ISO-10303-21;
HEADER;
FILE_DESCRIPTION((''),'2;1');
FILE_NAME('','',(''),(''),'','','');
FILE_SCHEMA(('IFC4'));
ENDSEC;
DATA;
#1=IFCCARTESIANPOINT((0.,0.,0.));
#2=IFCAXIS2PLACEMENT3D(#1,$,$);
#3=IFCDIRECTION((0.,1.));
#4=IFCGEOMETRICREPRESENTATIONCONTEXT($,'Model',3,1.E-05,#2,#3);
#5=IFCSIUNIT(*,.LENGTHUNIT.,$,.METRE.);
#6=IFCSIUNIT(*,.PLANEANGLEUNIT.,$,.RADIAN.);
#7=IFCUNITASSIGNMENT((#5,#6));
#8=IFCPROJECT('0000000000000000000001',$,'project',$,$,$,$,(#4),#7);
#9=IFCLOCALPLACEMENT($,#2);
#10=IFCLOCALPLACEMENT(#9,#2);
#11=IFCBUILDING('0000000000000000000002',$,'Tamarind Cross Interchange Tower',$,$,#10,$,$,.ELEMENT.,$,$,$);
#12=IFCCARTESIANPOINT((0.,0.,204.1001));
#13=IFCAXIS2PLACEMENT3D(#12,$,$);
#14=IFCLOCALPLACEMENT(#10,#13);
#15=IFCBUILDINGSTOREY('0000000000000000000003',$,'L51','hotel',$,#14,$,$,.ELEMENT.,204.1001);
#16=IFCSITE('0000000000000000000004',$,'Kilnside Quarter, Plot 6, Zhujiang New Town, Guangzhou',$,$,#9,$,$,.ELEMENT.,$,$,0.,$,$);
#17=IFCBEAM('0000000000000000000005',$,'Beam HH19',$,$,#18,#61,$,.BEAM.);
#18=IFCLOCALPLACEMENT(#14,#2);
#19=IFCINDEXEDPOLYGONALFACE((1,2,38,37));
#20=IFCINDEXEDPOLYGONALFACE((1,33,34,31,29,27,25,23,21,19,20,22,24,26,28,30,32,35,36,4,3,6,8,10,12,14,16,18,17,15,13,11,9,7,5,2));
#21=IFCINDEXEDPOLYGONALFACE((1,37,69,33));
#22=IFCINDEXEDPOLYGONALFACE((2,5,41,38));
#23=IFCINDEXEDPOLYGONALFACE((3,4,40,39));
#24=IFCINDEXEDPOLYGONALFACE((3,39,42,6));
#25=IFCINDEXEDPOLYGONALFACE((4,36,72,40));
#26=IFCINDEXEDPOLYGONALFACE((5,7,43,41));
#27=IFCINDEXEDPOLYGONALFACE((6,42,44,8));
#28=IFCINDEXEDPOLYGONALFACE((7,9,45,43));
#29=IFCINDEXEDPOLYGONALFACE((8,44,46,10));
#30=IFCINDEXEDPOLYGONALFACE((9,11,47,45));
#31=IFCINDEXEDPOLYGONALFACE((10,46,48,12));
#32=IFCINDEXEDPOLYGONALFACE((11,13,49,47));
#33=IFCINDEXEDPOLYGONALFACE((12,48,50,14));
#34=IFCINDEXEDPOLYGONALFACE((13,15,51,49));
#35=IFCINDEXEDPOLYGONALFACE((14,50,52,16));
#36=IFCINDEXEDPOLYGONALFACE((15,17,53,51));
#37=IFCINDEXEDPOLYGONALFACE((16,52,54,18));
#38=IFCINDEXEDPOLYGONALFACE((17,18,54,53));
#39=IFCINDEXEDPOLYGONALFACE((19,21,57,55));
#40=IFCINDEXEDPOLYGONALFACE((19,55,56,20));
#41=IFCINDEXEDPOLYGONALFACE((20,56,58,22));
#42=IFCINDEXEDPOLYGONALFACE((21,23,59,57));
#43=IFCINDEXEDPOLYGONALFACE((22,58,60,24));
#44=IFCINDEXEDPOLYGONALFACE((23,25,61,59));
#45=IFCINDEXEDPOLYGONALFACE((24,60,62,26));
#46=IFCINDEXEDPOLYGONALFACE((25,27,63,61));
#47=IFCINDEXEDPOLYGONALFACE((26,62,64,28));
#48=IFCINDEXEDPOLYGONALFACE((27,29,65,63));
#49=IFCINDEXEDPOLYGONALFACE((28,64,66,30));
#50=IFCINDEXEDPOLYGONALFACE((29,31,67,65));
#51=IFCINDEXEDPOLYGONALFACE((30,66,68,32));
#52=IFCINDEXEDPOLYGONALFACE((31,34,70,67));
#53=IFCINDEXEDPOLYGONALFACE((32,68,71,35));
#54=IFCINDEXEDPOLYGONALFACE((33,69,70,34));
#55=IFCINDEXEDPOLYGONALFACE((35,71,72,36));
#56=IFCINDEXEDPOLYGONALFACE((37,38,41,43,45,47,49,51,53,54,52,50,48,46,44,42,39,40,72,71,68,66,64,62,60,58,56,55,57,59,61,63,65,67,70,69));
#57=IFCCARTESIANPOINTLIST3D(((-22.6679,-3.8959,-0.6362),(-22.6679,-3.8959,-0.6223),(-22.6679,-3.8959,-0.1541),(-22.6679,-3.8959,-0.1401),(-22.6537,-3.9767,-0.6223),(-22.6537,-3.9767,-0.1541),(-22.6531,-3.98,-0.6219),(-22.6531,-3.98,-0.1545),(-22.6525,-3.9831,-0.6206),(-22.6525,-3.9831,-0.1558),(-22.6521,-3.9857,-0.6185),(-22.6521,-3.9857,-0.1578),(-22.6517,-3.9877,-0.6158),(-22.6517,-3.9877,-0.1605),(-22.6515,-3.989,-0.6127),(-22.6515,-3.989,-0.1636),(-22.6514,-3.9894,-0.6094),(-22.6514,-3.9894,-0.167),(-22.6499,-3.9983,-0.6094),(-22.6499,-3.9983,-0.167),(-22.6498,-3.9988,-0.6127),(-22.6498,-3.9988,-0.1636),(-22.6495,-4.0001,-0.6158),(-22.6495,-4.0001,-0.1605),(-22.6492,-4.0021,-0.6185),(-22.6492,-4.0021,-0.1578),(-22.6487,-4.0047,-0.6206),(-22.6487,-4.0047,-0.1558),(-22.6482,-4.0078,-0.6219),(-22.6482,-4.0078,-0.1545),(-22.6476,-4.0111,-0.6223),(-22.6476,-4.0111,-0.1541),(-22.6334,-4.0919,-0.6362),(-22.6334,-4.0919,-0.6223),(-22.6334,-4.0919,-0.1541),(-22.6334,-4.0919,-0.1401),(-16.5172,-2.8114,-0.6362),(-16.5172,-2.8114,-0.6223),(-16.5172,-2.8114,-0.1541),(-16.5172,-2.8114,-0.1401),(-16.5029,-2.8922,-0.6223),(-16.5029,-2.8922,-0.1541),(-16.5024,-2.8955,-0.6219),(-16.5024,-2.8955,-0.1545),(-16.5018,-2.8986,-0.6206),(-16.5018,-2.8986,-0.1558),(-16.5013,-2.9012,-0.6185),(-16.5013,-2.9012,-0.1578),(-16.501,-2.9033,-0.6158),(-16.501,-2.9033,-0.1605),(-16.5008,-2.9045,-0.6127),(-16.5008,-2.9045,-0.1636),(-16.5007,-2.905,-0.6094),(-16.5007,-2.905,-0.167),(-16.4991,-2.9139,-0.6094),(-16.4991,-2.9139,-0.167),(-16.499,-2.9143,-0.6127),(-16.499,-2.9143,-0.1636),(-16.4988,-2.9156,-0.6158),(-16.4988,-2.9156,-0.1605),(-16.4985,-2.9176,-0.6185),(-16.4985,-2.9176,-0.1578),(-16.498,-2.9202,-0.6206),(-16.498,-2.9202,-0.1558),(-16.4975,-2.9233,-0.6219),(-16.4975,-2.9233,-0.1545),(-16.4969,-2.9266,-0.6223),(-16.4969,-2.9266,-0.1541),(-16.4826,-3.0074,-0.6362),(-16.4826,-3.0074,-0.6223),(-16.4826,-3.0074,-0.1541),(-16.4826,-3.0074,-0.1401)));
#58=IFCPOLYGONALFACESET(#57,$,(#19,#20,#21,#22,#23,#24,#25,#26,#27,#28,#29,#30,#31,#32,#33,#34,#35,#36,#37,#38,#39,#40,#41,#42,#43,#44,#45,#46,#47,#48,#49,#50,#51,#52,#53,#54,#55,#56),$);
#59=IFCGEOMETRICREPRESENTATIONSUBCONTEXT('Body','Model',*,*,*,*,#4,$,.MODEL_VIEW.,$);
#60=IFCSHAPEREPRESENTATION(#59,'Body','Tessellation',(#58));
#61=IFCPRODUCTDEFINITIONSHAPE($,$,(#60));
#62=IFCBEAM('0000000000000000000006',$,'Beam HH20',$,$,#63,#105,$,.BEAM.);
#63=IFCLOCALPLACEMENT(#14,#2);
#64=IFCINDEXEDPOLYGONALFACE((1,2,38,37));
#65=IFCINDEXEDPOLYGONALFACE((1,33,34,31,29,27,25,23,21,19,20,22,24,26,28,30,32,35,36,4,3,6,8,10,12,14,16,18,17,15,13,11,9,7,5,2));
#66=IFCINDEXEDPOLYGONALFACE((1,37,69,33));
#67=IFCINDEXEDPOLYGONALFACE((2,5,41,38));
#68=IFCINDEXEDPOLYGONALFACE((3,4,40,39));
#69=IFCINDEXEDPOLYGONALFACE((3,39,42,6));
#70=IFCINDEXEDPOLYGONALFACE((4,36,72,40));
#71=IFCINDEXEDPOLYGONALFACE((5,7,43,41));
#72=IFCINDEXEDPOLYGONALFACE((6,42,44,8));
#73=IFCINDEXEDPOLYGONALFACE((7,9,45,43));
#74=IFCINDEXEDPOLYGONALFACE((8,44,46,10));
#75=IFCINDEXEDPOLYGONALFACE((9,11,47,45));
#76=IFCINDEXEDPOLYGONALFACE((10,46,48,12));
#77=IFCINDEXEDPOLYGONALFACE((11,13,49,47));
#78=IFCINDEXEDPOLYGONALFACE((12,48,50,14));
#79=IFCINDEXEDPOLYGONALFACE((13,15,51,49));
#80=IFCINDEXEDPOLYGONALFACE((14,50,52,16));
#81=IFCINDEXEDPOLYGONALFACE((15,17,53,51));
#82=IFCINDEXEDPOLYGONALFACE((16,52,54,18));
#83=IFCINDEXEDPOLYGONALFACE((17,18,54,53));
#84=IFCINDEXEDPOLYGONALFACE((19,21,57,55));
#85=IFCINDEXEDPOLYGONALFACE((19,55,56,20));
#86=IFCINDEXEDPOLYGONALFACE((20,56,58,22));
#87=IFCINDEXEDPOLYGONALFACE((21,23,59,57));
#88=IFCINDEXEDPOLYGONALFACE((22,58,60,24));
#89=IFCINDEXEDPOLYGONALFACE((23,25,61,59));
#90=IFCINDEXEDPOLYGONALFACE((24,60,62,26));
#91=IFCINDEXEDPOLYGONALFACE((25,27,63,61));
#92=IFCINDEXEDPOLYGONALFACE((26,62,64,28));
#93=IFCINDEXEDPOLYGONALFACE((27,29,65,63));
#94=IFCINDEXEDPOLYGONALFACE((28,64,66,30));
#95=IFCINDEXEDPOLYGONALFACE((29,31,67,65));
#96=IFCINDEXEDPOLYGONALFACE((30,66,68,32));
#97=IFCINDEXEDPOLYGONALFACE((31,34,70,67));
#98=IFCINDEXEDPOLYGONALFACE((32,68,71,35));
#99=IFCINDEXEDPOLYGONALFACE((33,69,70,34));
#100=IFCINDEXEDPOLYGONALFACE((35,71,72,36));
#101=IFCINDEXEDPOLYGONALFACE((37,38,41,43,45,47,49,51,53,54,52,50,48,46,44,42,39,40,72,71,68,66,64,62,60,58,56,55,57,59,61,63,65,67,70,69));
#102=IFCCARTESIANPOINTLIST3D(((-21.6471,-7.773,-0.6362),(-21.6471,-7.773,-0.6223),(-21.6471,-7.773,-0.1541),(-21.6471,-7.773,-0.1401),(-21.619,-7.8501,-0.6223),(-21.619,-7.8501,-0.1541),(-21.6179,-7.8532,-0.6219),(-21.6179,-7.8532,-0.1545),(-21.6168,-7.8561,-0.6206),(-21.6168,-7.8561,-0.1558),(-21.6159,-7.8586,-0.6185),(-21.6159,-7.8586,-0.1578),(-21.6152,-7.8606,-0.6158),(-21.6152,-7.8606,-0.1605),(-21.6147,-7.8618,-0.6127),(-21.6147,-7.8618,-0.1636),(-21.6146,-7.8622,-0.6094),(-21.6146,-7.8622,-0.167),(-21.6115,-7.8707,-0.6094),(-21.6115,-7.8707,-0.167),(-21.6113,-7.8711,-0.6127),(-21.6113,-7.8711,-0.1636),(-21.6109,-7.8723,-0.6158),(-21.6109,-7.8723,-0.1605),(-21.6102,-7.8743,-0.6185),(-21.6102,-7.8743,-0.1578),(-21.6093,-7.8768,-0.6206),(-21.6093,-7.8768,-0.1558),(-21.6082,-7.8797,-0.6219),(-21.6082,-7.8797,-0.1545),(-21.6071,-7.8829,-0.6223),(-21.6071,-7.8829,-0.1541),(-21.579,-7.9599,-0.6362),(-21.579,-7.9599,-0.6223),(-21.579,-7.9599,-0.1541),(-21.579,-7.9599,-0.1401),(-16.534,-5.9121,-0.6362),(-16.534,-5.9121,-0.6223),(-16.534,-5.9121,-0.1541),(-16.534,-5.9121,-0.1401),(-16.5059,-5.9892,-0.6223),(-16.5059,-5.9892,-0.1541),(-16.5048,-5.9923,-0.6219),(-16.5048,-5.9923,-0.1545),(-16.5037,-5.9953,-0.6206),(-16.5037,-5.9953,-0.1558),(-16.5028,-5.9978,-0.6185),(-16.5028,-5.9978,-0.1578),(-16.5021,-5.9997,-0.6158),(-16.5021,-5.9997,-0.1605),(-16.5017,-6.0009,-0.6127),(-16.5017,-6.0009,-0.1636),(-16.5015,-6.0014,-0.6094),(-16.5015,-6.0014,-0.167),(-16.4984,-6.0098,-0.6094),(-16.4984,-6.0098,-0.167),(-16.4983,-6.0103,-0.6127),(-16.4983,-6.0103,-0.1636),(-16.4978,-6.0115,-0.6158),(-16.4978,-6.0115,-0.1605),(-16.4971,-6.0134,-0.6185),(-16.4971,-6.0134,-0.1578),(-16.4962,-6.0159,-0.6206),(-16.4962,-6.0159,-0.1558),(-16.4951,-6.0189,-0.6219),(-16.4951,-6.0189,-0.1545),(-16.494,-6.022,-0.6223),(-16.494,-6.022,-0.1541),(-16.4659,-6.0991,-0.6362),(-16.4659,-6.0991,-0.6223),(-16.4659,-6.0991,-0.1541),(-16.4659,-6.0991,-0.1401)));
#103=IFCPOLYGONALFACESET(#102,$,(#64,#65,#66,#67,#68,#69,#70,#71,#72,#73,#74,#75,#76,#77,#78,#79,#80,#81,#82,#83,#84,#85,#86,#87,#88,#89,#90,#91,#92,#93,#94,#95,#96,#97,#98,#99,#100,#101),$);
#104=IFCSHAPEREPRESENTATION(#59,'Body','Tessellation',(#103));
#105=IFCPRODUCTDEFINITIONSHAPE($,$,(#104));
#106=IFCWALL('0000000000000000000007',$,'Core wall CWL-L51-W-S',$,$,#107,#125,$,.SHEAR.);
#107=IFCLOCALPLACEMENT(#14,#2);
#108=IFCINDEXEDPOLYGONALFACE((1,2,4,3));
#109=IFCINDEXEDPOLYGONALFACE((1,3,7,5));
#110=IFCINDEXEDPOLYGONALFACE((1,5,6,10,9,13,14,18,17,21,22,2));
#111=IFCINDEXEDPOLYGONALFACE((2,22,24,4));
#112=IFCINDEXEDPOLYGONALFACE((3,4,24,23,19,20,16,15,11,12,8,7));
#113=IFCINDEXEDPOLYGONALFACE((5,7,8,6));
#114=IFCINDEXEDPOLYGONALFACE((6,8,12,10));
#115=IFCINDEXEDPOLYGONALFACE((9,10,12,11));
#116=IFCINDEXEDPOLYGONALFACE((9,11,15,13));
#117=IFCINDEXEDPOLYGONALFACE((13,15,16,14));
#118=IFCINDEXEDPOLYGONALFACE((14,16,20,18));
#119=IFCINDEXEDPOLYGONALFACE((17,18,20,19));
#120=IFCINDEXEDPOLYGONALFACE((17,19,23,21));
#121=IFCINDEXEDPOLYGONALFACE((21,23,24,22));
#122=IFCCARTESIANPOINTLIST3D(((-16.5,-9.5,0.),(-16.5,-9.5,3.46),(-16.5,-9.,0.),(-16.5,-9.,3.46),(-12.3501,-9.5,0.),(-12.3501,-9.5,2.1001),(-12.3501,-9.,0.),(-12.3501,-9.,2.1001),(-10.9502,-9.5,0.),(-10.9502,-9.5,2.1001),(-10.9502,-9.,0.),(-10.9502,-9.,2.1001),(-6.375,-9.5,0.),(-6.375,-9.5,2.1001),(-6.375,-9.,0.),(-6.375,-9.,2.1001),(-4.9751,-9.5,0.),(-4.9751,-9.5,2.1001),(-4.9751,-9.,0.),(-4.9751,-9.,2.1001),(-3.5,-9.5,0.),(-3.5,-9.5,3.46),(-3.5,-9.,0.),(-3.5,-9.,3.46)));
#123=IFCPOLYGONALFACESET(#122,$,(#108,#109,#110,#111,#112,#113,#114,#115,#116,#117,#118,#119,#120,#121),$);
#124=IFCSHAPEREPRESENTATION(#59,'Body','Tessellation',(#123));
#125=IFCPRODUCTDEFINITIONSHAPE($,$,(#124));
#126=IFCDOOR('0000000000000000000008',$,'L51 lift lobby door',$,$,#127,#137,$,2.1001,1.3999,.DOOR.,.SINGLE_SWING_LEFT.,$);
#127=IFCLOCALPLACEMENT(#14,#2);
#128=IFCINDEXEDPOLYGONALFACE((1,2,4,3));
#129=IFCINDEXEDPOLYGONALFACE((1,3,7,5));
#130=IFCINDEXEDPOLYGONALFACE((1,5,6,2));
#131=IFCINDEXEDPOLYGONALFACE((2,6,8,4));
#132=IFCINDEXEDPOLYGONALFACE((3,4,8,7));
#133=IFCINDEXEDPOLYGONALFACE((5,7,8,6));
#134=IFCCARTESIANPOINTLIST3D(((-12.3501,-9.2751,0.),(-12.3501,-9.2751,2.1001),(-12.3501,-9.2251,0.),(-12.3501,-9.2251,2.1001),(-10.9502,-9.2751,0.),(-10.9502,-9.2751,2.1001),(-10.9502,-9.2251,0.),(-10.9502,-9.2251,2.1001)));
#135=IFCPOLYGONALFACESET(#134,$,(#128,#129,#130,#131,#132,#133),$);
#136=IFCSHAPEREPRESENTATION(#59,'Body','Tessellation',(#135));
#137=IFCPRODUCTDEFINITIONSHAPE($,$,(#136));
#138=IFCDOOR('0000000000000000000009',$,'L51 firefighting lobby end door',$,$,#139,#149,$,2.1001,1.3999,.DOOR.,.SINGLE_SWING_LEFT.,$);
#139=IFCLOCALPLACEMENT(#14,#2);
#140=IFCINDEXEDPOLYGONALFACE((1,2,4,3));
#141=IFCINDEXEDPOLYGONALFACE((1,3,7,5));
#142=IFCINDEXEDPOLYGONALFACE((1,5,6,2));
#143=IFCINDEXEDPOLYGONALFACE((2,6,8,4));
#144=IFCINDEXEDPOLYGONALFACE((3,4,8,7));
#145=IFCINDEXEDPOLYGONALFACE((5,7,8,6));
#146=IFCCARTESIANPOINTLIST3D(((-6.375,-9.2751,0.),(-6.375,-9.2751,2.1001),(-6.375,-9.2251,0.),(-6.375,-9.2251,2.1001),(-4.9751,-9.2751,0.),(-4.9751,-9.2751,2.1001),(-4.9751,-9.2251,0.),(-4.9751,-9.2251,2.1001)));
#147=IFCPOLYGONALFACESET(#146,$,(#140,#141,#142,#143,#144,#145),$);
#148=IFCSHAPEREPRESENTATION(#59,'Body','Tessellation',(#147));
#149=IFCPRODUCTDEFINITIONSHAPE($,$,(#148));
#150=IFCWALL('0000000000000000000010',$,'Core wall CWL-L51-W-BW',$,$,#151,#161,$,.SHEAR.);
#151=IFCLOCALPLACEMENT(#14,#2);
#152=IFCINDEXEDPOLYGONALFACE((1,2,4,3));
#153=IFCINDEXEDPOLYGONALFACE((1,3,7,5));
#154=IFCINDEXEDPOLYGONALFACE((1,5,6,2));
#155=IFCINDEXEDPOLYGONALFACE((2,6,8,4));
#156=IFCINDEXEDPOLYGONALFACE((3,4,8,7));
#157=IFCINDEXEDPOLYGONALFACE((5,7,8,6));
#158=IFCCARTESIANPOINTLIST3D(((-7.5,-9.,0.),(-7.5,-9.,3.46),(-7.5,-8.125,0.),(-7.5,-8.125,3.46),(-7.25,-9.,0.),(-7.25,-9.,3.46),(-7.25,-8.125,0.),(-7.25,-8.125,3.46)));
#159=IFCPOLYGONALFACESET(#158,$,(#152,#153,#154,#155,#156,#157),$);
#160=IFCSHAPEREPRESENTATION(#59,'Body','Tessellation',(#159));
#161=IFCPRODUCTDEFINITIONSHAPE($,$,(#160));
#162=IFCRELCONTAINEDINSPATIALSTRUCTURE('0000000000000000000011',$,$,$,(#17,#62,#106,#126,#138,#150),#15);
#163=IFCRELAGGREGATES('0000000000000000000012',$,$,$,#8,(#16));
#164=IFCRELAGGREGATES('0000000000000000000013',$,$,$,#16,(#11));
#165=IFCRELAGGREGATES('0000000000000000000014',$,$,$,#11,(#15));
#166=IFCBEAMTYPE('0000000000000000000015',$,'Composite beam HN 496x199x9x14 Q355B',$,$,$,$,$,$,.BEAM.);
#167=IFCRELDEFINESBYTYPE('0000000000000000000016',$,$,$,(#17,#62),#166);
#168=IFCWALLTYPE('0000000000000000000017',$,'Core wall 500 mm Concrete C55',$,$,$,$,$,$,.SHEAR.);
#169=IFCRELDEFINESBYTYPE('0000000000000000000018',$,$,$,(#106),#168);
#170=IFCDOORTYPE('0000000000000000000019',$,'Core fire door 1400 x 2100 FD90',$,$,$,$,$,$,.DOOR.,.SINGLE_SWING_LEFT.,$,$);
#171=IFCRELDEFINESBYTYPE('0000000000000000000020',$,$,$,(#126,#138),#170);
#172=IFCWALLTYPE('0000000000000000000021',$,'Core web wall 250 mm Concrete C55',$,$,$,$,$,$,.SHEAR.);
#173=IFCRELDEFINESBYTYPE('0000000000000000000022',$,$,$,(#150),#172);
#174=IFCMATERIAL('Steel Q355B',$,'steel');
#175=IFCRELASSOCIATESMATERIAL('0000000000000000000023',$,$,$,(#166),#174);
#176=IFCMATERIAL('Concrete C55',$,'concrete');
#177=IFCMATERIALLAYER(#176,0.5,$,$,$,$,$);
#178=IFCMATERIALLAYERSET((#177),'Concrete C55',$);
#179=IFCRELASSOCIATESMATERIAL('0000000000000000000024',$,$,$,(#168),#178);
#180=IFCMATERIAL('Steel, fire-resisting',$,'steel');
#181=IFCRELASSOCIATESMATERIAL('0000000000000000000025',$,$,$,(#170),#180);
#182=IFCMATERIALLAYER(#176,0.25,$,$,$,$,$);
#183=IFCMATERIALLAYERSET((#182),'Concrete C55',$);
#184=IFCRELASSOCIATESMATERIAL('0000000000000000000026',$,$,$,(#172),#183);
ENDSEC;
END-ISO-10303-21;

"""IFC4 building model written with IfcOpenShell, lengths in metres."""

from ifc_helpers import new_model, si_unit, direction, frame, frame_2d, origin, origin_2d, place, context, subcontext, project, spatial, rectangle, i_section, extrude, material, layer, layer_set, material_profile, profile_set, type_object, element, fill, save


model = new_model("IFC4")

# Units and contexts
model_context = context("Model", 3, precision=1e-05, world=origin(), true_north=direction((0.0, 1.0)))
body_context = subcontext(model_context, "Body", "Model", "MODEL_VIEW")
ifc_project = project(units=[si_unit("LENGTHUNIT", "METRE"), si_unit("PLANEANGLEUNIT", "RADIAN")], contexts=[model_context])

# Site, building, storey
site_placement = place(None, origin())
site = spatial("IfcSite", under=ifc_project, at=site_placement, Name="Kilnside Quarter, Plot 6, Zhujiang New Town, Guangzhou", CompositionType="ELEMENT", RefElevation=0.0)
building_placement = place(site_placement, origin())
building = spatial("IfcBuilding", under=site, at=building_placement, Name="Tamarind Cross Interchange Tower", CompositionType="ELEMENT")
storey_placement = place(building_placement, frame((0.0, 0.0, 204.1001)))
storey = spatial("IfcBuildingStorey", under=building, at=storey_placement, Name="L51", Description="hotel", CompositionType="ELEMENT", Elevation=204.1001)

# Shared definitions
ifc_material_1 = material(Name="Concrete C55", Category="concrete")

# Beams
ifc_material_2 = material(Name="Steel Q355B", Category="steel")
ifc_material_profile_1 = material_profile(ifc_material_2, i_section(OverallWidth=0.199, OverallDepth=0.4961, WebThickness=0.009, FlangeThickness=0.0139, FilletRadius=0.0129, at=origin_2d()), Name="HN 496x199x9x14")
ifc_profile_set_1 = profile_set([ifc_material_profile_1], Name="Steel Q355B")
beam_type = type_object("IfcBeamType", Name="Composite beam HN 496x199x9x14 Q355B", PredefinedType="BEAM", material=ifc_profile_set_1)
beam_1_placement = place(storey_placement, frame((-22.6506, -3.9939, -0.3882), z_axis=(0.984809, 0.17364, 0.0), x_axis=(-0.17364, 0.984809, 0.0)))
element("IfcBeam", 1, at=beam_1_placement, inside=storey, type_object=beam_type, Name="Beam HH19", PredefinedType="BEAM", context=body_context, shape_type="SweptSolid", body=[
    extrude(i_section(OverallWidth=0.199, OverallDepth=0.4961, WebThickness=0.009, FlangeThickness=0.0139, FilletRadius=0.0129, at=origin_2d()), origin(), (0.0, 0.0, 1.0), 6.2456),
])
beam_2_placement = place(storey_placement, frame((-21.613, -7.8665, -0.3882), z_axis=(0.939702, 0.341995, 0.0), x_axis=(-0.341995, 0.939702, 0.0)))
element("IfcBeam", 2, at=beam_2_placement, inside=storey, type_object=beam_type, Name="Beam HH20", PredefinedType="BEAM", context=body_context, shape_type="SweptSolid", body=[
    extrude(i_section(OverallWidth=0.199, OverallDepth=0.4961, WebThickness=0.009, FlangeThickness=0.0139, FilletRadius=0.0129, at=origin_2d()), origin(), (0.0, 0.0, 1.0), 5.4412),
])

# Wall, openings, doors
ifc_layer_1 = layer(ifc_material_1, 0.5)
ifc_layer_set_1 = layer_set([ifc_layer_1], Name="Concrete C55")
wall_type_1 = type_object("IfcWallType", Name="Core wall 500 mm Concrete C55", PredefinedType="SHEAR", material=ifc_layer_set_1)
wall_1_placement = place(storey_placement, frame((-16.5, -9.25, 0.0), z_axis=(0.0, 0.0, 1.0), x_axis=(1.0, 0.0, 0.0)))
wall_1 = element("IfcWall", 3, at=wall_1_placement, inside=storey, type_object=wall_type_1, Name="Core wall CWL-L51-W-S", PredefinedType="SHEAR", context=body_context, shape_type="SweptSolid", body=[
    extrude(rectangle(XDim=13.0, YDim=0.5, at=frame_2d((6.5, 0.0))), origin(), (0.0, 0.0, 1.0), 3.46),
])
opening_1_placement = place(wall_1_placement, frame((4.1499, 0.0, 0.0)))
opening_1 = element("IfcOpeningElement", 4, at=opening_1_placement, cuts=wall_1, PredefinedType="OPENING", context=body_context, shape_type="SweptSolid", body=[
    extrude(rectangle(XDim=1.3999, YDim=2.1001, at=frame_2d((0.7, 1.05))), frame((0.0, 0.26, 0.0), z_axis=(0.0, -1.0, 0.0), x_axis=(1.0, 0.0, 0.0)), (0.0, 0.0, 1.0), 0.52),
])
opening_2_placement = place(wall_1_placement, frame((10.125, 0.0, 0.0)))
opening_2 = element("IfcOpeningElement", 5, at=opening_2_placement, cuts=wall_1, PredefinedType="OPENING", context=body_context, shape_type="SweptSolid", body=[
    extrude(rectangle(XDim=1.3999, YDim=2.1001, at=frame_2d((0.7, 1.05))), frame((0.0, 0.26, 0.0), z_axis=(0.0, -1.0, 0.0), x_axis=(1.0, 0.0, 0.0)), (0.0, 0.0, 1.0), 0.52),
])
ifc_material_3 = material(Name="Steel, fire-resisting", Category="steel")
door_type_1 = type_object("IfcDoorType", Name="Core fire door 1400 x 2100 FD90", OperationType="SINGLE_SWING_LEFT", PredefinedType="DOOR", material=ifc_material_3)
door_1_placement = place(opening_1_placement, origin())
door_1 = element("IfcDoor", 6, at=door_1_placement, inside=storey, type_object=door_type_1, Name="L51 lift lobby door", OperationType="SINGLE_SWING_LEFT", OverallHeight=2.1001, OverallWidth=1.3999, PredefinedType="DOOR", context=body_context, shape_type="SweptSolid", body=[
    extrude(rectangle(XDim=1.3999, YDim=2.1001, at=frame_2d((0.7, 1.05))), frame((0.0, 0.0249, 0.0), z_axis=(0.0, -1.0, 0.0), x_axis=(1.0, 0.0, 0.0)), (0.0, 0.0, 1.0), 0.05),
])
fill(opening_1, door_1)
door_2_placement = place(opening_2_placement, origin())
door_2 = element("IfcDoor", 7, at=door_2_placement, inside=storey, type_object=door_type_1, Name="L51 firefighting lobby end door", OperationType="SINGLE_SWING_LEFT", OverallHeight=2.1001, OverallWidth=1.3999, PredefinedType="DOOR", context=body_context, shape_type="SweptSolid", body=[
    extrude(rectangle(XDim=1.3999, YDim=2.1001, at=frame_2d((0.7, 1.05))), frame((0.0, 0.0249, 0.0), z_axis=(0.0, -1.0, 0.0), x_axis=(1.0, 0.0, 0.0)), (0.0, 0.0, 1.0), 0.05),
])
fill(opening_2, door_2)

# Wall
ifc_layer_2 = layer(ifc_material_1, 0.25)
ifc_layer_set_2 = layer_set([ifc_layer_2], Name="Concrete C55")
wall_type_2 = type_object("IfcWallType", Name="Core web wall 250 mm Concrete C55", PredefinedType="SHEAR", material=ifc_layer_set_2)
wall_2_placement = place(storey_placement, frame((-7.375, -9.0, 0.0), z_axis=(0.0, 0.0, 1.0), x_axis=(0.0, 1.0, 0.0)))
element("IfcWall", 8, at=wall_2_placement, inside=storey, type_object=wall_type_2, Name="Core wall CWL-L51-W-BW", PredefinedType="SHEAR", context=body_context, shape_type="SweptSolid", body=[
    extrude(rectangle(XDim=0.875, YDim=0.25, at=frame_2d((0.4375, 0.0))), origin(), (0.0, 0.0, 1.0), 3.46),
])

save(model, "model.ifc")
